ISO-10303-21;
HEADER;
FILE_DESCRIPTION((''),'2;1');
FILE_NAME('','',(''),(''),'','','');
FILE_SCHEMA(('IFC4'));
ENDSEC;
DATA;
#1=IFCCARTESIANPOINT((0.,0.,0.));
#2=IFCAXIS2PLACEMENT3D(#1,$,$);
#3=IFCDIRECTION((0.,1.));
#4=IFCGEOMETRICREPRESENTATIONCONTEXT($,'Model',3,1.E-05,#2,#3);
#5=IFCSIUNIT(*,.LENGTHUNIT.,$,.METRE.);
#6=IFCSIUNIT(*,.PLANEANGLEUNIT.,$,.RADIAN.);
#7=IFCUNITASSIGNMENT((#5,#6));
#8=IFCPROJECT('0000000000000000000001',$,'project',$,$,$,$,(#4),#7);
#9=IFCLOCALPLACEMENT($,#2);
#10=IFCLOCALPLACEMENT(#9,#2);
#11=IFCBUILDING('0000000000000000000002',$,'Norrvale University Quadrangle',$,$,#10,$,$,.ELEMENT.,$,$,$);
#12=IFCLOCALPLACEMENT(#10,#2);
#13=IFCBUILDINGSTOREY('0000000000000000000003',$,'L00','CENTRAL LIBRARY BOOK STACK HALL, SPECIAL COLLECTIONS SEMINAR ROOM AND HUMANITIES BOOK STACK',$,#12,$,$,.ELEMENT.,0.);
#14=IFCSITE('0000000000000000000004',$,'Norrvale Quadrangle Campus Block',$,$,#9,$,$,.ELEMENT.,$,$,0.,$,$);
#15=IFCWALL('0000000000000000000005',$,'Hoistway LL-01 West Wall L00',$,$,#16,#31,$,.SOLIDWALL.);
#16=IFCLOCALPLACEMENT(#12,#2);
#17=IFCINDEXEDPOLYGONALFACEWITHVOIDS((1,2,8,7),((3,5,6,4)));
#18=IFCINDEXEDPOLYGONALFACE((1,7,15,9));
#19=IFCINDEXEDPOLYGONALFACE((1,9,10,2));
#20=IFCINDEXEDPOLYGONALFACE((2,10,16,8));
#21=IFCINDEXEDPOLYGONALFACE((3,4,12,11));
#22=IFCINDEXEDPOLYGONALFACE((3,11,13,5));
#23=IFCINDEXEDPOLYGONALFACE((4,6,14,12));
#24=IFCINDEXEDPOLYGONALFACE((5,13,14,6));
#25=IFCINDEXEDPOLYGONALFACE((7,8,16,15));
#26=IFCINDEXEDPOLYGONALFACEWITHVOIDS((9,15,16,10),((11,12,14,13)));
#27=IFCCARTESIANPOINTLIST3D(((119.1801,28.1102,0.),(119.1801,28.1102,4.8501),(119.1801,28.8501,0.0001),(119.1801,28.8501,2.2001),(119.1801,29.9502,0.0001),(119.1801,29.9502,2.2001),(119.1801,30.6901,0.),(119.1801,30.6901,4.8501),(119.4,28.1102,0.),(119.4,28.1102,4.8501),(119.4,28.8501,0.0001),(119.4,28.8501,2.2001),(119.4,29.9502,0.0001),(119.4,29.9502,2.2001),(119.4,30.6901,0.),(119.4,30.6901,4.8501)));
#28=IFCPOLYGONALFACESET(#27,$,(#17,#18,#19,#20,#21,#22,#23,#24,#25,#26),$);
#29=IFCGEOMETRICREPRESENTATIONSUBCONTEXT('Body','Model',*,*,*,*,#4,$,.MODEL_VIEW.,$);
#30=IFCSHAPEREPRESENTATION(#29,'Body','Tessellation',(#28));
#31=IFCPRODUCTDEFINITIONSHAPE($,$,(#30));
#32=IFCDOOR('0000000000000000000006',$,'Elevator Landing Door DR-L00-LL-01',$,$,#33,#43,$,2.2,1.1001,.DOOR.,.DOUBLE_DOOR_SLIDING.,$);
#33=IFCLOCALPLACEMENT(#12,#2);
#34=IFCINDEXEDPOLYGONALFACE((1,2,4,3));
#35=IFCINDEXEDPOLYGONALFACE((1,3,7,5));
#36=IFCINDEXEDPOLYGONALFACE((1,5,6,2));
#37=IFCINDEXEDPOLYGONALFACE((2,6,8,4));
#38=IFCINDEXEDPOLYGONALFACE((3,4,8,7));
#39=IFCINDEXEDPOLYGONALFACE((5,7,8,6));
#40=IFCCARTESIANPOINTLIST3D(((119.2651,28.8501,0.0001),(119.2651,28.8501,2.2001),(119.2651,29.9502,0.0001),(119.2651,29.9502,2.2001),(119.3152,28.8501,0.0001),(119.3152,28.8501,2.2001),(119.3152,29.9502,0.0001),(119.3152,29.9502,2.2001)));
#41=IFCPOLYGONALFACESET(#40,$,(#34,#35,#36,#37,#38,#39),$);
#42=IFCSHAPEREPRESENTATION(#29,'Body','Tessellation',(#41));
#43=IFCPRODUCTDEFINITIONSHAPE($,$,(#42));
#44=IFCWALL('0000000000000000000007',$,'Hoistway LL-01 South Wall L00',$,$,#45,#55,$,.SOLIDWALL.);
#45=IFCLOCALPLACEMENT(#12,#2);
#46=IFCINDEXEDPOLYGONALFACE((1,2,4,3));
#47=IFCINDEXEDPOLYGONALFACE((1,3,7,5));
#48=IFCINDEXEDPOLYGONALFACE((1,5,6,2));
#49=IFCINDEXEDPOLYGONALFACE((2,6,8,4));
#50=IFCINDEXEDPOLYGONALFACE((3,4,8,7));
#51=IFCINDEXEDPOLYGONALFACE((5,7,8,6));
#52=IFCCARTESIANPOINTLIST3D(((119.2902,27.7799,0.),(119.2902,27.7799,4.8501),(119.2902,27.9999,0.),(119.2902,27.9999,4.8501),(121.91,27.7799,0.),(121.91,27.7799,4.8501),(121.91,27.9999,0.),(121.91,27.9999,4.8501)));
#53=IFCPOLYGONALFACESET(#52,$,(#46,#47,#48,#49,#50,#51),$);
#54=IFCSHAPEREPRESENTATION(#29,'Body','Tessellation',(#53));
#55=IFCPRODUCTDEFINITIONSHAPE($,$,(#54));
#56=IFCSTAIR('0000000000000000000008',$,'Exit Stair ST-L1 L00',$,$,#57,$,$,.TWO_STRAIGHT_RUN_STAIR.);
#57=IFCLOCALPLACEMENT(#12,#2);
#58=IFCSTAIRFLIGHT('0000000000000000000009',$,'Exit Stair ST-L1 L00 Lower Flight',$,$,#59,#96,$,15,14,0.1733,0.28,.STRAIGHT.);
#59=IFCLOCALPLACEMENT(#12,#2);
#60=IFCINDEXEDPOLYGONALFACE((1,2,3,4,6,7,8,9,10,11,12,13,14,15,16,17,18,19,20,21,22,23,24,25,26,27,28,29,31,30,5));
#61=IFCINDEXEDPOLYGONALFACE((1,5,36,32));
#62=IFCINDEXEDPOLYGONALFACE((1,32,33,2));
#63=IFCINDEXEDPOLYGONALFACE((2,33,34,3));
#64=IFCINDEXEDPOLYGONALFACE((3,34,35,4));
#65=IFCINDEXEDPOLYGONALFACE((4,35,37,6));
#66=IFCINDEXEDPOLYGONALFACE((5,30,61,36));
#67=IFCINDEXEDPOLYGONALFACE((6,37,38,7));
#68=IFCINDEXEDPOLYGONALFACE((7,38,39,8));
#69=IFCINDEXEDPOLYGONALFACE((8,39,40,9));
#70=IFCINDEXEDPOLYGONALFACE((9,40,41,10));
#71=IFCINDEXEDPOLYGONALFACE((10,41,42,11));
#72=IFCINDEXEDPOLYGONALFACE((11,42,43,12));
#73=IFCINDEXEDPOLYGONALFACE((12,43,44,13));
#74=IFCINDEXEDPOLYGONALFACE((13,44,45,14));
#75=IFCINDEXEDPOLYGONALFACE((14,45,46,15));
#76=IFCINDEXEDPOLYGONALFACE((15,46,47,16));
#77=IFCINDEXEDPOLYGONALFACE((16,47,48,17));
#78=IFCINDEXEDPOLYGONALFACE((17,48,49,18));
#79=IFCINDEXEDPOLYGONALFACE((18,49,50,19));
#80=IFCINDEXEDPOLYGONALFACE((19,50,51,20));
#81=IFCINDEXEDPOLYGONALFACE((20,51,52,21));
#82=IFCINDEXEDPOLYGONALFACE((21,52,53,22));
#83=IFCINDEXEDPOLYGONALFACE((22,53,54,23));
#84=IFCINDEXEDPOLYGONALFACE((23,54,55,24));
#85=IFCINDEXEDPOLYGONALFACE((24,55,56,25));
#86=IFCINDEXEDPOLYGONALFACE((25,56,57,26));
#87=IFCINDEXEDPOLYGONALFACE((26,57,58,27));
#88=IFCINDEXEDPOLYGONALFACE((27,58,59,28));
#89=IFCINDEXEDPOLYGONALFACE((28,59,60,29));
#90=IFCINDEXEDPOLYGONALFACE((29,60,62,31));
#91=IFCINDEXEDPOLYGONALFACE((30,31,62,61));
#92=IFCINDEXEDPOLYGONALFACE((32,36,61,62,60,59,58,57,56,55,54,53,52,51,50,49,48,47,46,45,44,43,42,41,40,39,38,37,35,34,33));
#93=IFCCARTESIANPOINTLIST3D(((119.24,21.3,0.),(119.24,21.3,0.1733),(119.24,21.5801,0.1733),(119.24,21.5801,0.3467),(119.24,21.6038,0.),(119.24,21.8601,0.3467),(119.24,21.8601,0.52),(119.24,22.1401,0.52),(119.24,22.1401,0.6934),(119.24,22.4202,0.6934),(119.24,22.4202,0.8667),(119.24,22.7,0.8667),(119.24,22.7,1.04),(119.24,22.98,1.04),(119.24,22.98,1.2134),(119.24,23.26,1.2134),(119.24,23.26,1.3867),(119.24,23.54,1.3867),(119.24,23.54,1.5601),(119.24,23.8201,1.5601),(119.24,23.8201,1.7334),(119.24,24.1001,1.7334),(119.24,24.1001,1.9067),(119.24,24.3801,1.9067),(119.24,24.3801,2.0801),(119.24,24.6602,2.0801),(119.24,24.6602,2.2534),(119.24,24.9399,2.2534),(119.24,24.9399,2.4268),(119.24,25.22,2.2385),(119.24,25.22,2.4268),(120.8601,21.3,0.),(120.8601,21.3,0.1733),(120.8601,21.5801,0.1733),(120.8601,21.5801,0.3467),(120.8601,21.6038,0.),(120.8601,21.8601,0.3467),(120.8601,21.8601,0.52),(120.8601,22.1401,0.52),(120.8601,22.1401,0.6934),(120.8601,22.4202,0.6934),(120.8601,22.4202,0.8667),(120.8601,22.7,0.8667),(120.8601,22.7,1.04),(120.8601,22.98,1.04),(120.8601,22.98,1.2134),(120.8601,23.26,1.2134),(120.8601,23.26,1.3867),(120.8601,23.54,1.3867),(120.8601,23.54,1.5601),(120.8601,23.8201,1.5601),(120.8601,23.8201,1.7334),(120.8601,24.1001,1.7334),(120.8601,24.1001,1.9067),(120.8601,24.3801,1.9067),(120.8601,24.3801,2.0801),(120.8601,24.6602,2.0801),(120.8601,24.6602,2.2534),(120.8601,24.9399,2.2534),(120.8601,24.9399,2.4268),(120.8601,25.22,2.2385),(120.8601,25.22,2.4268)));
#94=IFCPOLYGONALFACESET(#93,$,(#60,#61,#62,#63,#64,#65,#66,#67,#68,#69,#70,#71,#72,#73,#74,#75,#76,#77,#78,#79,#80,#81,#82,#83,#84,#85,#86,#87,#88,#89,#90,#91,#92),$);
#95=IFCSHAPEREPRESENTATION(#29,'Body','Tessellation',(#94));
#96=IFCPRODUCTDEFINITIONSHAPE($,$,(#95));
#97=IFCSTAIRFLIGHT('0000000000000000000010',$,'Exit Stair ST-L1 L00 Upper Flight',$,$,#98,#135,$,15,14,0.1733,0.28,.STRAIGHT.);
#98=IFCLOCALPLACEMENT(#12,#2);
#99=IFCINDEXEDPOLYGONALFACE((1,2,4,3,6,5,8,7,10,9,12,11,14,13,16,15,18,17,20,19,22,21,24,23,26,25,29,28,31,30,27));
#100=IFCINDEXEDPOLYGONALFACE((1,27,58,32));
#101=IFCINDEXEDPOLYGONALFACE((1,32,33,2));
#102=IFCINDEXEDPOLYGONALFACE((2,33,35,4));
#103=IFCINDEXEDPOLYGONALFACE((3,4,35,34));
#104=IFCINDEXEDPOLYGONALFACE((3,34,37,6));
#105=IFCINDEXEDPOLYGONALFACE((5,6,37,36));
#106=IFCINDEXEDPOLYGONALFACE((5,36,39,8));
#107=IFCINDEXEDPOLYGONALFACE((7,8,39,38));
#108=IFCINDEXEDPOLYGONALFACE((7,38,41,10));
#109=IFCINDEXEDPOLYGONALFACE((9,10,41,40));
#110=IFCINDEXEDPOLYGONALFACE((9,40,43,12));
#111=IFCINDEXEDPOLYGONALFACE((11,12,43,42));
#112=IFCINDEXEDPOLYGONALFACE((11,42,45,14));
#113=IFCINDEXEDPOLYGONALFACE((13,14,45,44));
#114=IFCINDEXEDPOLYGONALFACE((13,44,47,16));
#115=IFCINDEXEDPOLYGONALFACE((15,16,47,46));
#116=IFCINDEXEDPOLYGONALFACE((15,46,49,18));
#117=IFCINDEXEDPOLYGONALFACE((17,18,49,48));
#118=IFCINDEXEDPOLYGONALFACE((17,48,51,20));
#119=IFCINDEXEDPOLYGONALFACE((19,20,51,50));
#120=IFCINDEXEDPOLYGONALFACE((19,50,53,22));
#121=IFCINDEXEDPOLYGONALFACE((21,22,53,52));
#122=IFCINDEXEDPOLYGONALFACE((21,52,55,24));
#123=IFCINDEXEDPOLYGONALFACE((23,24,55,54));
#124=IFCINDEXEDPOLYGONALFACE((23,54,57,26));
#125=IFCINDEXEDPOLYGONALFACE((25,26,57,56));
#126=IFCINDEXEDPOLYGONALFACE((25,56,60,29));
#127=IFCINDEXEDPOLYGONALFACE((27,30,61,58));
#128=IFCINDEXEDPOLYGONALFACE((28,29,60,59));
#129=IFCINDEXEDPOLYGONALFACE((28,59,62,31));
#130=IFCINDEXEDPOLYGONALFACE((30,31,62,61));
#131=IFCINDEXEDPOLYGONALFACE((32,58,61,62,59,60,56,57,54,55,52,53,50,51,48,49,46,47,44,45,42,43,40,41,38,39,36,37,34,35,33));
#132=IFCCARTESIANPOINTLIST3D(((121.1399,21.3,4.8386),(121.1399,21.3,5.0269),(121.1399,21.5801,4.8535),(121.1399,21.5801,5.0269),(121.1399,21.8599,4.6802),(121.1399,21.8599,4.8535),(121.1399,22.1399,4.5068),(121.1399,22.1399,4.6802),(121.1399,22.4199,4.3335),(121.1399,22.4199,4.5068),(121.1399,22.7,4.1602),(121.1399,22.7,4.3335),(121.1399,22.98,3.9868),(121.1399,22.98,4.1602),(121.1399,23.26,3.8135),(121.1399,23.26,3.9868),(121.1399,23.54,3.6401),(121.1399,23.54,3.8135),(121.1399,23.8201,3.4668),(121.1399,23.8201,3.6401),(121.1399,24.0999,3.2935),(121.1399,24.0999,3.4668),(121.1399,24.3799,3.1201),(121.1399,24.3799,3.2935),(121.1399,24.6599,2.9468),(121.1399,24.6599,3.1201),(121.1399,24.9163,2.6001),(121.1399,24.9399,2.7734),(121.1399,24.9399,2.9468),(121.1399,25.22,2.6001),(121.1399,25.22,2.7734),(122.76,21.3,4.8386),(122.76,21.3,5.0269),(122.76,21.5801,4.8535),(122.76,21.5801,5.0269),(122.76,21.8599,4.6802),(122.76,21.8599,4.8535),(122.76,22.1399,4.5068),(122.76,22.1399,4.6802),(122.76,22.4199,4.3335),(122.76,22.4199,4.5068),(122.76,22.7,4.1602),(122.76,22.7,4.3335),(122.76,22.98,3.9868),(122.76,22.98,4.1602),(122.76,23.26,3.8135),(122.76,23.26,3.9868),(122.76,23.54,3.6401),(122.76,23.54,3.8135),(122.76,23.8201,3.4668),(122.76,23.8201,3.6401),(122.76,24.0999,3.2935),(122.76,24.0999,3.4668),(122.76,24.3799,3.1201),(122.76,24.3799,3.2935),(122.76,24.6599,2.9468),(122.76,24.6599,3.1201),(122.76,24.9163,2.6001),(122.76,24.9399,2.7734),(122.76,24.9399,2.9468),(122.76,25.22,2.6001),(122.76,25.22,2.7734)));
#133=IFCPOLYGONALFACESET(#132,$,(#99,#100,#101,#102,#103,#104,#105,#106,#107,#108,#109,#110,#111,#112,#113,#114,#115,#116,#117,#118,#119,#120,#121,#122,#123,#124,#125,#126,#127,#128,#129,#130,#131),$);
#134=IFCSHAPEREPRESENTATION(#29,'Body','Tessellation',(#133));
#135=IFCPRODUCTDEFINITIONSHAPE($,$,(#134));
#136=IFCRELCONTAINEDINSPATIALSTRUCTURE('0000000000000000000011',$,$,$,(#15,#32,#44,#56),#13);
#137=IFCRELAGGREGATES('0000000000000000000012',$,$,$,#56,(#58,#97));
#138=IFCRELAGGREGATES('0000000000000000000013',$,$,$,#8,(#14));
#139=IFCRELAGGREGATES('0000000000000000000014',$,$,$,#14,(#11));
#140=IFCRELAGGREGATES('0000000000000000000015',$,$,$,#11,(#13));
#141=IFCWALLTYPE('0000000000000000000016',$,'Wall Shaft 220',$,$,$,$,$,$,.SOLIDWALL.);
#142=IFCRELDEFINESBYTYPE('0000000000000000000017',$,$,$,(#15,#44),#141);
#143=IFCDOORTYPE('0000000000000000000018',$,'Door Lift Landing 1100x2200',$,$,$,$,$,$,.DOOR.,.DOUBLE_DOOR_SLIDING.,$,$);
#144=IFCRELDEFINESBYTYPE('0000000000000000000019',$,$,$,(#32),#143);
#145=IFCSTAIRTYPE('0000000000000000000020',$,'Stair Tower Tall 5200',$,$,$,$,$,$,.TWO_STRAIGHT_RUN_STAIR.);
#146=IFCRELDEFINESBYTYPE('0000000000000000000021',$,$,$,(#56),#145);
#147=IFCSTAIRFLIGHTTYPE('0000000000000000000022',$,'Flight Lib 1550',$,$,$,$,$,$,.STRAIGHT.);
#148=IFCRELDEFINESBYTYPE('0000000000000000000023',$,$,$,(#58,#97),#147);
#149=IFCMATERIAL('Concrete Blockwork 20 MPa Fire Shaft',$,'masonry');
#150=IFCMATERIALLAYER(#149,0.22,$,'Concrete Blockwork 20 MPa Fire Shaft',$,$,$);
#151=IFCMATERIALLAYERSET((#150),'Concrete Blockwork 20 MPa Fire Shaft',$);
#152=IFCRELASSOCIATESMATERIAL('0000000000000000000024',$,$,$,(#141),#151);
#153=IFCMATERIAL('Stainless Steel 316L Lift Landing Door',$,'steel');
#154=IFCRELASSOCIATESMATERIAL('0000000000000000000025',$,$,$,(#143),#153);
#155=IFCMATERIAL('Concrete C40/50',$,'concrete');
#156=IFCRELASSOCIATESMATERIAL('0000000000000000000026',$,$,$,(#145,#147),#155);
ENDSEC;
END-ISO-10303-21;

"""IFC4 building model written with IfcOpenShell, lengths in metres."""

from ifc_helpers import new_model, si_unit, direction, frame, frame_2d, origin, place, context, subcontext, project, spatial, polyline, rectangle, outline, extrude, material, layer, layer_set, type_object, element, fill, aggregate, save


model = new_model("IFC4")

# Units and contexts
model_context = context("Model", 3, precision=1e-05, world=origin(), true_north=direction((0.0, 1.0)))
body_context = subcontext(model_context, "Body", "Model", "MODEL_VIEW")
ifc_project = project(units=[si_unit("LENGTHUNIT", "METRE"), si_unit("PLANEANGLEUNIT", "RADIAN")], contexts=[model_context])

# Site, building, storey
site_placement = place(None, origin())
site = spatial("IfcSite", under=ifc_project, at=site_placement, Name="Norrvale Quadrangle Campus Block", CompositionType="ELEMENT", RefElevation=0.0)
building_placement = place(site_placement, origin())
building = spatial("IfcBuilding", under=site, at=building_placement, Name="Norrvale University Quadrangle", CompositionType="ELEMENT")
storey_placement = place(building_placement, origin())
storey = spatial("IfcBuildingStorey", under=building, at=storey_placement, Name="L00", Description="CENTRAL LIBRARY BOOK STACK HALL, SPECIAL COLLECTIONS SEMINAR ROOM AND HUMANITIES BOOK STACK", CompositionType="ELEMENT", Elevation=0.0)

# Shared definitions
ifc_material_1 = material(Name="Concrete Blockwork 20 MPa Fire Shaft", Category="masonry")
ifc_layer_1 = layer(ifc_material_1, 0.22, Name="Concrete Blockwork 20 MPa Fire Shaft")
ifc_layer_set_1 = layer_set([ifc_layer_1], Name="Concrete Blockwork 20 MPa Fire Shaft")
wall_type_1 = type_object("IfcWallType", Name="Wall Shaft 220", PredefinedType="SOLIDWALL", material=ifc_layer_set_1)

# Wall, opening, door
wall_1_placement = place(storey_placement, frame((119.29, 28.1101, 0.0), z_axis=(0.0, 0.0, 1.0), x_axis=(0.0, 1.0, 0.0)))
wall_1 = element("IfcWall", 1, at=wall_1_placement, inside=storey, type_object=wall_type_1, Name="Hoistway LL-01 West Wall L00", PredefinedType="SOLIDWALL", context=body_context, shape_type="SweptSolid", body=[
    extrude(rectangle(XDim=2.5798, YDim=0.22, at=frame_2d((1.29, 0.0))), origin(), (0.0, 0.0, 1.0), 4.8501),
])
opening_1_placement = place(wall_1_placement, frame((0.74, 0.0, 0.0)))
opening_1 = element("IfcOpeningElement", 2, at=opening_1_placement, cuts=wall_1, PredefinedType="OPENING", context=body_context, shape_type="SweptSolid", body=[
    extrude(rectangle(XDim=1.1001, YDim=2.2, at=frame_2d((0.55, 1.1001))), frame((0.0, 0.1221, 0.0), z_axis=(0.0, -1.0, 0.0), x_axis=(1.0, 0.0, 0.0)), (0.0, 0.0, 1.0), 0.2439),
])
ifc_material_2 = material(Name="Stainless Steel 316L Lift Landing Door", Category="steel")
door_type_1 = type_object("IfcDoorType", Name="Door Lift Landing 1100x2200", OperationType="DOUBLE_DOOR_SLIDING", PredefinedType="DOOR", material=ifc_material_2)
door_1_placement = place(opening_1_placement, origin())
door_1 = element("IfcDoor", 3, at=door_1_placement, inside=storey, type_object=door_type_1, Name="Elevator Landing Door DR-L00-LL-01", OperationType="DOUBLE_DOOR_SLIDING", OverallHeight=2.2, OverallWidth=1.1001, PredefinedType="DOOR", context=body_context, shape_type="SweptSolid", body=[
    extrude(rectangle(XDim=1.1001, YDim=2.2, at=frame_2d((0.55, 1.1001))), frame((0.0, 0.0249, 0.0), z_axis=(0.0, -1.0, 0.0), x_axis=(1.0, 0.0, 0.0)), (0.0, 0.0, 1.0), 0.05),
])
fill(opening_1, door_1)

# Wall
wall_2_placement = place(storey_placement, frame((119.29, 27.8899, 0.0), z_axis=(0.0, 0.0, 1.0), x_axis=(1.0, 0.0, 0.0)))
element("IfcWall", 4, at=wall_2_placement, inside=storey, type_object=wall_type_1, Name="Hoistway LL-01 South Wall L00", PredefinedType="SOLIDWALL", context=body_context, shape_type="SweptSolid", body=[
    extrude(rectangle(XDim=2.6199, YDim=0.22, at=frame_2d((1.3101, 0.0))), origin(), (0.0, 0.0, 1.0), 4.8501),
])

# Stair, stair flights
ifc_material_3 = material(Name="Concrete C40/50", Category="concrete")
stair_type = type_object("IfcStairType", Name="Stair Tower Tall 5200", PredefinedType="TWO_STRAIGHT_RUN_STAIR", material=ifc_material_3)
stair_placement = place(storey_placement, origin())
stair = element("IfcStair", 5, at=stair_placement, inside=storey, type_object=stair_type, Name="Exit Stair ST-L1 L00", PredefinedType="TWO_STRAIGHT_RUN_STAIR")
stair_flight_type = type_object("IfcStairFlightType", Name="Flight Lib 1550", PredefinedType="STRAIGHT", material=ifc_material_3)
stair_flight_1_placement = place(storey_placement, frame((120.05, 21.3, 0.0), z_axis=(0.0, 0.0, 1.0), x_axis=(0.0, 1.0, 0.0)))
stair_flight_1 = element("IfcStairFlight", 6, at=stair_flight_1_placement, type_object=stair_flight_type, Name="Exit Stair ST-L1 L00 Lower Flight", NumberOfRisers=15, NumberOfTreads=14, PredefinedType="STRAIGHT", RiserHeight=0.1733, TreadLength=0.28, context=body_context, shape_type="SweptSolid", body=[
    extrude(outline(polyline([(0.0, 0.0), (0.0, 0.1733), (0.28, 0.1733), (0.28, 0.3467), (0.5601, 0.3467), (0.5601, 0.52), (0.8401, 0.52), (0.8401, 0.6934), (1.1201, 0.6934), (1.1201, 0.8667), (1.3999, 0.8667), (1.3999, 1.04), (1.6799, 1.04), (1.6799, 1.2134), (1.96, 1.2134), (1.96, 1.3867), (2.24, 1.3867), (2.24, 1.5601), (2.52, 1.5601), (2.52, 1.7334), (2.8, 1.7334), (2.8, 1.9067), (3.0801, 1.9067), (3.0801, 2.0801), (3.3601, 2.0801), (3.3601, 2.2534), (3.6399, 2.2534), (3.6399, 2.4268), (3.9199, 2.4268), (3.9199, 2.6001), (3.9199, 2.2385), (0.3037, 0.0), (0.0, 0.0)])), frame((0.0, 0.8101, 0.0), z_axis=(0.0, -1.0, 0.0), x_axis=(1.0, 0.0, 0.0)), (0.0, 0.0, 1.0), 1.6201),
])
stair_flight_2_placement = place(storey_placement, frame((121.95, 25.22, 2.6001), z_axis=(0.0, 0.0, 1.0), x_axis=(0.0, -1.0, 0.0)))
stair_flight_2 = element("IfcStairFlight", 7, at=stair_flight_2_placement, type_object=stair_flight_type, Name="Exit Stair ST-L1 L00 Upper Flight", NumberOfRisers=15, NumberOfTreads=14, PredefinedType="STRAIGHT", RiserHeight=0.1733, TreadLength=0.28, context=body_context, shape_type="SweptSolid", body=[
    extrude(outline(polyline([(0.0, 0.0), (0.0, 0.1733), (0.28, 0.1733), (0.28, 0.3467), (0.5601, 0.3467), (0.5601, 0.52), (0.8401, 0.52), (0.8401, 0.6934), (1.1201, 0.6934), (1.1201, 0.8667), (1.3999, 0.8667), (1.3999, 1.04), (1.6799, 1.04), (1.6799, 1.2134), (1.96, 1.2134), (1.96, 1.3867), (2.24, 1.3867), (2.24, 1.5601), (2.52, 1.5601), (2.52, 1.7334), (2.8, 1.7334), (2.8, 1.9067), (3.0801, 1.9067), (3.0801, 2.0801), (3.3601, 2.0801), (3.3601, 2.2534), (3.6399, 2.2534), (3.6399, 2.4268), (3.9199, 2.4268), (3.9199, 2.6001), (3.9199, 2.2385), (0.3037, 0.0), (0.0, 0.0)])), frame((0.0, 0.8101, 0.0), z_axis=(0.0, -1.0, 0.0), x_axis=(1.0, 0.0, 0.0)), (0.0, 0.0, 1.0), 1.6201),
])
aggregate(stair, [stair_flight_1, stair_flight_2])

save(model, "model.ifc")
